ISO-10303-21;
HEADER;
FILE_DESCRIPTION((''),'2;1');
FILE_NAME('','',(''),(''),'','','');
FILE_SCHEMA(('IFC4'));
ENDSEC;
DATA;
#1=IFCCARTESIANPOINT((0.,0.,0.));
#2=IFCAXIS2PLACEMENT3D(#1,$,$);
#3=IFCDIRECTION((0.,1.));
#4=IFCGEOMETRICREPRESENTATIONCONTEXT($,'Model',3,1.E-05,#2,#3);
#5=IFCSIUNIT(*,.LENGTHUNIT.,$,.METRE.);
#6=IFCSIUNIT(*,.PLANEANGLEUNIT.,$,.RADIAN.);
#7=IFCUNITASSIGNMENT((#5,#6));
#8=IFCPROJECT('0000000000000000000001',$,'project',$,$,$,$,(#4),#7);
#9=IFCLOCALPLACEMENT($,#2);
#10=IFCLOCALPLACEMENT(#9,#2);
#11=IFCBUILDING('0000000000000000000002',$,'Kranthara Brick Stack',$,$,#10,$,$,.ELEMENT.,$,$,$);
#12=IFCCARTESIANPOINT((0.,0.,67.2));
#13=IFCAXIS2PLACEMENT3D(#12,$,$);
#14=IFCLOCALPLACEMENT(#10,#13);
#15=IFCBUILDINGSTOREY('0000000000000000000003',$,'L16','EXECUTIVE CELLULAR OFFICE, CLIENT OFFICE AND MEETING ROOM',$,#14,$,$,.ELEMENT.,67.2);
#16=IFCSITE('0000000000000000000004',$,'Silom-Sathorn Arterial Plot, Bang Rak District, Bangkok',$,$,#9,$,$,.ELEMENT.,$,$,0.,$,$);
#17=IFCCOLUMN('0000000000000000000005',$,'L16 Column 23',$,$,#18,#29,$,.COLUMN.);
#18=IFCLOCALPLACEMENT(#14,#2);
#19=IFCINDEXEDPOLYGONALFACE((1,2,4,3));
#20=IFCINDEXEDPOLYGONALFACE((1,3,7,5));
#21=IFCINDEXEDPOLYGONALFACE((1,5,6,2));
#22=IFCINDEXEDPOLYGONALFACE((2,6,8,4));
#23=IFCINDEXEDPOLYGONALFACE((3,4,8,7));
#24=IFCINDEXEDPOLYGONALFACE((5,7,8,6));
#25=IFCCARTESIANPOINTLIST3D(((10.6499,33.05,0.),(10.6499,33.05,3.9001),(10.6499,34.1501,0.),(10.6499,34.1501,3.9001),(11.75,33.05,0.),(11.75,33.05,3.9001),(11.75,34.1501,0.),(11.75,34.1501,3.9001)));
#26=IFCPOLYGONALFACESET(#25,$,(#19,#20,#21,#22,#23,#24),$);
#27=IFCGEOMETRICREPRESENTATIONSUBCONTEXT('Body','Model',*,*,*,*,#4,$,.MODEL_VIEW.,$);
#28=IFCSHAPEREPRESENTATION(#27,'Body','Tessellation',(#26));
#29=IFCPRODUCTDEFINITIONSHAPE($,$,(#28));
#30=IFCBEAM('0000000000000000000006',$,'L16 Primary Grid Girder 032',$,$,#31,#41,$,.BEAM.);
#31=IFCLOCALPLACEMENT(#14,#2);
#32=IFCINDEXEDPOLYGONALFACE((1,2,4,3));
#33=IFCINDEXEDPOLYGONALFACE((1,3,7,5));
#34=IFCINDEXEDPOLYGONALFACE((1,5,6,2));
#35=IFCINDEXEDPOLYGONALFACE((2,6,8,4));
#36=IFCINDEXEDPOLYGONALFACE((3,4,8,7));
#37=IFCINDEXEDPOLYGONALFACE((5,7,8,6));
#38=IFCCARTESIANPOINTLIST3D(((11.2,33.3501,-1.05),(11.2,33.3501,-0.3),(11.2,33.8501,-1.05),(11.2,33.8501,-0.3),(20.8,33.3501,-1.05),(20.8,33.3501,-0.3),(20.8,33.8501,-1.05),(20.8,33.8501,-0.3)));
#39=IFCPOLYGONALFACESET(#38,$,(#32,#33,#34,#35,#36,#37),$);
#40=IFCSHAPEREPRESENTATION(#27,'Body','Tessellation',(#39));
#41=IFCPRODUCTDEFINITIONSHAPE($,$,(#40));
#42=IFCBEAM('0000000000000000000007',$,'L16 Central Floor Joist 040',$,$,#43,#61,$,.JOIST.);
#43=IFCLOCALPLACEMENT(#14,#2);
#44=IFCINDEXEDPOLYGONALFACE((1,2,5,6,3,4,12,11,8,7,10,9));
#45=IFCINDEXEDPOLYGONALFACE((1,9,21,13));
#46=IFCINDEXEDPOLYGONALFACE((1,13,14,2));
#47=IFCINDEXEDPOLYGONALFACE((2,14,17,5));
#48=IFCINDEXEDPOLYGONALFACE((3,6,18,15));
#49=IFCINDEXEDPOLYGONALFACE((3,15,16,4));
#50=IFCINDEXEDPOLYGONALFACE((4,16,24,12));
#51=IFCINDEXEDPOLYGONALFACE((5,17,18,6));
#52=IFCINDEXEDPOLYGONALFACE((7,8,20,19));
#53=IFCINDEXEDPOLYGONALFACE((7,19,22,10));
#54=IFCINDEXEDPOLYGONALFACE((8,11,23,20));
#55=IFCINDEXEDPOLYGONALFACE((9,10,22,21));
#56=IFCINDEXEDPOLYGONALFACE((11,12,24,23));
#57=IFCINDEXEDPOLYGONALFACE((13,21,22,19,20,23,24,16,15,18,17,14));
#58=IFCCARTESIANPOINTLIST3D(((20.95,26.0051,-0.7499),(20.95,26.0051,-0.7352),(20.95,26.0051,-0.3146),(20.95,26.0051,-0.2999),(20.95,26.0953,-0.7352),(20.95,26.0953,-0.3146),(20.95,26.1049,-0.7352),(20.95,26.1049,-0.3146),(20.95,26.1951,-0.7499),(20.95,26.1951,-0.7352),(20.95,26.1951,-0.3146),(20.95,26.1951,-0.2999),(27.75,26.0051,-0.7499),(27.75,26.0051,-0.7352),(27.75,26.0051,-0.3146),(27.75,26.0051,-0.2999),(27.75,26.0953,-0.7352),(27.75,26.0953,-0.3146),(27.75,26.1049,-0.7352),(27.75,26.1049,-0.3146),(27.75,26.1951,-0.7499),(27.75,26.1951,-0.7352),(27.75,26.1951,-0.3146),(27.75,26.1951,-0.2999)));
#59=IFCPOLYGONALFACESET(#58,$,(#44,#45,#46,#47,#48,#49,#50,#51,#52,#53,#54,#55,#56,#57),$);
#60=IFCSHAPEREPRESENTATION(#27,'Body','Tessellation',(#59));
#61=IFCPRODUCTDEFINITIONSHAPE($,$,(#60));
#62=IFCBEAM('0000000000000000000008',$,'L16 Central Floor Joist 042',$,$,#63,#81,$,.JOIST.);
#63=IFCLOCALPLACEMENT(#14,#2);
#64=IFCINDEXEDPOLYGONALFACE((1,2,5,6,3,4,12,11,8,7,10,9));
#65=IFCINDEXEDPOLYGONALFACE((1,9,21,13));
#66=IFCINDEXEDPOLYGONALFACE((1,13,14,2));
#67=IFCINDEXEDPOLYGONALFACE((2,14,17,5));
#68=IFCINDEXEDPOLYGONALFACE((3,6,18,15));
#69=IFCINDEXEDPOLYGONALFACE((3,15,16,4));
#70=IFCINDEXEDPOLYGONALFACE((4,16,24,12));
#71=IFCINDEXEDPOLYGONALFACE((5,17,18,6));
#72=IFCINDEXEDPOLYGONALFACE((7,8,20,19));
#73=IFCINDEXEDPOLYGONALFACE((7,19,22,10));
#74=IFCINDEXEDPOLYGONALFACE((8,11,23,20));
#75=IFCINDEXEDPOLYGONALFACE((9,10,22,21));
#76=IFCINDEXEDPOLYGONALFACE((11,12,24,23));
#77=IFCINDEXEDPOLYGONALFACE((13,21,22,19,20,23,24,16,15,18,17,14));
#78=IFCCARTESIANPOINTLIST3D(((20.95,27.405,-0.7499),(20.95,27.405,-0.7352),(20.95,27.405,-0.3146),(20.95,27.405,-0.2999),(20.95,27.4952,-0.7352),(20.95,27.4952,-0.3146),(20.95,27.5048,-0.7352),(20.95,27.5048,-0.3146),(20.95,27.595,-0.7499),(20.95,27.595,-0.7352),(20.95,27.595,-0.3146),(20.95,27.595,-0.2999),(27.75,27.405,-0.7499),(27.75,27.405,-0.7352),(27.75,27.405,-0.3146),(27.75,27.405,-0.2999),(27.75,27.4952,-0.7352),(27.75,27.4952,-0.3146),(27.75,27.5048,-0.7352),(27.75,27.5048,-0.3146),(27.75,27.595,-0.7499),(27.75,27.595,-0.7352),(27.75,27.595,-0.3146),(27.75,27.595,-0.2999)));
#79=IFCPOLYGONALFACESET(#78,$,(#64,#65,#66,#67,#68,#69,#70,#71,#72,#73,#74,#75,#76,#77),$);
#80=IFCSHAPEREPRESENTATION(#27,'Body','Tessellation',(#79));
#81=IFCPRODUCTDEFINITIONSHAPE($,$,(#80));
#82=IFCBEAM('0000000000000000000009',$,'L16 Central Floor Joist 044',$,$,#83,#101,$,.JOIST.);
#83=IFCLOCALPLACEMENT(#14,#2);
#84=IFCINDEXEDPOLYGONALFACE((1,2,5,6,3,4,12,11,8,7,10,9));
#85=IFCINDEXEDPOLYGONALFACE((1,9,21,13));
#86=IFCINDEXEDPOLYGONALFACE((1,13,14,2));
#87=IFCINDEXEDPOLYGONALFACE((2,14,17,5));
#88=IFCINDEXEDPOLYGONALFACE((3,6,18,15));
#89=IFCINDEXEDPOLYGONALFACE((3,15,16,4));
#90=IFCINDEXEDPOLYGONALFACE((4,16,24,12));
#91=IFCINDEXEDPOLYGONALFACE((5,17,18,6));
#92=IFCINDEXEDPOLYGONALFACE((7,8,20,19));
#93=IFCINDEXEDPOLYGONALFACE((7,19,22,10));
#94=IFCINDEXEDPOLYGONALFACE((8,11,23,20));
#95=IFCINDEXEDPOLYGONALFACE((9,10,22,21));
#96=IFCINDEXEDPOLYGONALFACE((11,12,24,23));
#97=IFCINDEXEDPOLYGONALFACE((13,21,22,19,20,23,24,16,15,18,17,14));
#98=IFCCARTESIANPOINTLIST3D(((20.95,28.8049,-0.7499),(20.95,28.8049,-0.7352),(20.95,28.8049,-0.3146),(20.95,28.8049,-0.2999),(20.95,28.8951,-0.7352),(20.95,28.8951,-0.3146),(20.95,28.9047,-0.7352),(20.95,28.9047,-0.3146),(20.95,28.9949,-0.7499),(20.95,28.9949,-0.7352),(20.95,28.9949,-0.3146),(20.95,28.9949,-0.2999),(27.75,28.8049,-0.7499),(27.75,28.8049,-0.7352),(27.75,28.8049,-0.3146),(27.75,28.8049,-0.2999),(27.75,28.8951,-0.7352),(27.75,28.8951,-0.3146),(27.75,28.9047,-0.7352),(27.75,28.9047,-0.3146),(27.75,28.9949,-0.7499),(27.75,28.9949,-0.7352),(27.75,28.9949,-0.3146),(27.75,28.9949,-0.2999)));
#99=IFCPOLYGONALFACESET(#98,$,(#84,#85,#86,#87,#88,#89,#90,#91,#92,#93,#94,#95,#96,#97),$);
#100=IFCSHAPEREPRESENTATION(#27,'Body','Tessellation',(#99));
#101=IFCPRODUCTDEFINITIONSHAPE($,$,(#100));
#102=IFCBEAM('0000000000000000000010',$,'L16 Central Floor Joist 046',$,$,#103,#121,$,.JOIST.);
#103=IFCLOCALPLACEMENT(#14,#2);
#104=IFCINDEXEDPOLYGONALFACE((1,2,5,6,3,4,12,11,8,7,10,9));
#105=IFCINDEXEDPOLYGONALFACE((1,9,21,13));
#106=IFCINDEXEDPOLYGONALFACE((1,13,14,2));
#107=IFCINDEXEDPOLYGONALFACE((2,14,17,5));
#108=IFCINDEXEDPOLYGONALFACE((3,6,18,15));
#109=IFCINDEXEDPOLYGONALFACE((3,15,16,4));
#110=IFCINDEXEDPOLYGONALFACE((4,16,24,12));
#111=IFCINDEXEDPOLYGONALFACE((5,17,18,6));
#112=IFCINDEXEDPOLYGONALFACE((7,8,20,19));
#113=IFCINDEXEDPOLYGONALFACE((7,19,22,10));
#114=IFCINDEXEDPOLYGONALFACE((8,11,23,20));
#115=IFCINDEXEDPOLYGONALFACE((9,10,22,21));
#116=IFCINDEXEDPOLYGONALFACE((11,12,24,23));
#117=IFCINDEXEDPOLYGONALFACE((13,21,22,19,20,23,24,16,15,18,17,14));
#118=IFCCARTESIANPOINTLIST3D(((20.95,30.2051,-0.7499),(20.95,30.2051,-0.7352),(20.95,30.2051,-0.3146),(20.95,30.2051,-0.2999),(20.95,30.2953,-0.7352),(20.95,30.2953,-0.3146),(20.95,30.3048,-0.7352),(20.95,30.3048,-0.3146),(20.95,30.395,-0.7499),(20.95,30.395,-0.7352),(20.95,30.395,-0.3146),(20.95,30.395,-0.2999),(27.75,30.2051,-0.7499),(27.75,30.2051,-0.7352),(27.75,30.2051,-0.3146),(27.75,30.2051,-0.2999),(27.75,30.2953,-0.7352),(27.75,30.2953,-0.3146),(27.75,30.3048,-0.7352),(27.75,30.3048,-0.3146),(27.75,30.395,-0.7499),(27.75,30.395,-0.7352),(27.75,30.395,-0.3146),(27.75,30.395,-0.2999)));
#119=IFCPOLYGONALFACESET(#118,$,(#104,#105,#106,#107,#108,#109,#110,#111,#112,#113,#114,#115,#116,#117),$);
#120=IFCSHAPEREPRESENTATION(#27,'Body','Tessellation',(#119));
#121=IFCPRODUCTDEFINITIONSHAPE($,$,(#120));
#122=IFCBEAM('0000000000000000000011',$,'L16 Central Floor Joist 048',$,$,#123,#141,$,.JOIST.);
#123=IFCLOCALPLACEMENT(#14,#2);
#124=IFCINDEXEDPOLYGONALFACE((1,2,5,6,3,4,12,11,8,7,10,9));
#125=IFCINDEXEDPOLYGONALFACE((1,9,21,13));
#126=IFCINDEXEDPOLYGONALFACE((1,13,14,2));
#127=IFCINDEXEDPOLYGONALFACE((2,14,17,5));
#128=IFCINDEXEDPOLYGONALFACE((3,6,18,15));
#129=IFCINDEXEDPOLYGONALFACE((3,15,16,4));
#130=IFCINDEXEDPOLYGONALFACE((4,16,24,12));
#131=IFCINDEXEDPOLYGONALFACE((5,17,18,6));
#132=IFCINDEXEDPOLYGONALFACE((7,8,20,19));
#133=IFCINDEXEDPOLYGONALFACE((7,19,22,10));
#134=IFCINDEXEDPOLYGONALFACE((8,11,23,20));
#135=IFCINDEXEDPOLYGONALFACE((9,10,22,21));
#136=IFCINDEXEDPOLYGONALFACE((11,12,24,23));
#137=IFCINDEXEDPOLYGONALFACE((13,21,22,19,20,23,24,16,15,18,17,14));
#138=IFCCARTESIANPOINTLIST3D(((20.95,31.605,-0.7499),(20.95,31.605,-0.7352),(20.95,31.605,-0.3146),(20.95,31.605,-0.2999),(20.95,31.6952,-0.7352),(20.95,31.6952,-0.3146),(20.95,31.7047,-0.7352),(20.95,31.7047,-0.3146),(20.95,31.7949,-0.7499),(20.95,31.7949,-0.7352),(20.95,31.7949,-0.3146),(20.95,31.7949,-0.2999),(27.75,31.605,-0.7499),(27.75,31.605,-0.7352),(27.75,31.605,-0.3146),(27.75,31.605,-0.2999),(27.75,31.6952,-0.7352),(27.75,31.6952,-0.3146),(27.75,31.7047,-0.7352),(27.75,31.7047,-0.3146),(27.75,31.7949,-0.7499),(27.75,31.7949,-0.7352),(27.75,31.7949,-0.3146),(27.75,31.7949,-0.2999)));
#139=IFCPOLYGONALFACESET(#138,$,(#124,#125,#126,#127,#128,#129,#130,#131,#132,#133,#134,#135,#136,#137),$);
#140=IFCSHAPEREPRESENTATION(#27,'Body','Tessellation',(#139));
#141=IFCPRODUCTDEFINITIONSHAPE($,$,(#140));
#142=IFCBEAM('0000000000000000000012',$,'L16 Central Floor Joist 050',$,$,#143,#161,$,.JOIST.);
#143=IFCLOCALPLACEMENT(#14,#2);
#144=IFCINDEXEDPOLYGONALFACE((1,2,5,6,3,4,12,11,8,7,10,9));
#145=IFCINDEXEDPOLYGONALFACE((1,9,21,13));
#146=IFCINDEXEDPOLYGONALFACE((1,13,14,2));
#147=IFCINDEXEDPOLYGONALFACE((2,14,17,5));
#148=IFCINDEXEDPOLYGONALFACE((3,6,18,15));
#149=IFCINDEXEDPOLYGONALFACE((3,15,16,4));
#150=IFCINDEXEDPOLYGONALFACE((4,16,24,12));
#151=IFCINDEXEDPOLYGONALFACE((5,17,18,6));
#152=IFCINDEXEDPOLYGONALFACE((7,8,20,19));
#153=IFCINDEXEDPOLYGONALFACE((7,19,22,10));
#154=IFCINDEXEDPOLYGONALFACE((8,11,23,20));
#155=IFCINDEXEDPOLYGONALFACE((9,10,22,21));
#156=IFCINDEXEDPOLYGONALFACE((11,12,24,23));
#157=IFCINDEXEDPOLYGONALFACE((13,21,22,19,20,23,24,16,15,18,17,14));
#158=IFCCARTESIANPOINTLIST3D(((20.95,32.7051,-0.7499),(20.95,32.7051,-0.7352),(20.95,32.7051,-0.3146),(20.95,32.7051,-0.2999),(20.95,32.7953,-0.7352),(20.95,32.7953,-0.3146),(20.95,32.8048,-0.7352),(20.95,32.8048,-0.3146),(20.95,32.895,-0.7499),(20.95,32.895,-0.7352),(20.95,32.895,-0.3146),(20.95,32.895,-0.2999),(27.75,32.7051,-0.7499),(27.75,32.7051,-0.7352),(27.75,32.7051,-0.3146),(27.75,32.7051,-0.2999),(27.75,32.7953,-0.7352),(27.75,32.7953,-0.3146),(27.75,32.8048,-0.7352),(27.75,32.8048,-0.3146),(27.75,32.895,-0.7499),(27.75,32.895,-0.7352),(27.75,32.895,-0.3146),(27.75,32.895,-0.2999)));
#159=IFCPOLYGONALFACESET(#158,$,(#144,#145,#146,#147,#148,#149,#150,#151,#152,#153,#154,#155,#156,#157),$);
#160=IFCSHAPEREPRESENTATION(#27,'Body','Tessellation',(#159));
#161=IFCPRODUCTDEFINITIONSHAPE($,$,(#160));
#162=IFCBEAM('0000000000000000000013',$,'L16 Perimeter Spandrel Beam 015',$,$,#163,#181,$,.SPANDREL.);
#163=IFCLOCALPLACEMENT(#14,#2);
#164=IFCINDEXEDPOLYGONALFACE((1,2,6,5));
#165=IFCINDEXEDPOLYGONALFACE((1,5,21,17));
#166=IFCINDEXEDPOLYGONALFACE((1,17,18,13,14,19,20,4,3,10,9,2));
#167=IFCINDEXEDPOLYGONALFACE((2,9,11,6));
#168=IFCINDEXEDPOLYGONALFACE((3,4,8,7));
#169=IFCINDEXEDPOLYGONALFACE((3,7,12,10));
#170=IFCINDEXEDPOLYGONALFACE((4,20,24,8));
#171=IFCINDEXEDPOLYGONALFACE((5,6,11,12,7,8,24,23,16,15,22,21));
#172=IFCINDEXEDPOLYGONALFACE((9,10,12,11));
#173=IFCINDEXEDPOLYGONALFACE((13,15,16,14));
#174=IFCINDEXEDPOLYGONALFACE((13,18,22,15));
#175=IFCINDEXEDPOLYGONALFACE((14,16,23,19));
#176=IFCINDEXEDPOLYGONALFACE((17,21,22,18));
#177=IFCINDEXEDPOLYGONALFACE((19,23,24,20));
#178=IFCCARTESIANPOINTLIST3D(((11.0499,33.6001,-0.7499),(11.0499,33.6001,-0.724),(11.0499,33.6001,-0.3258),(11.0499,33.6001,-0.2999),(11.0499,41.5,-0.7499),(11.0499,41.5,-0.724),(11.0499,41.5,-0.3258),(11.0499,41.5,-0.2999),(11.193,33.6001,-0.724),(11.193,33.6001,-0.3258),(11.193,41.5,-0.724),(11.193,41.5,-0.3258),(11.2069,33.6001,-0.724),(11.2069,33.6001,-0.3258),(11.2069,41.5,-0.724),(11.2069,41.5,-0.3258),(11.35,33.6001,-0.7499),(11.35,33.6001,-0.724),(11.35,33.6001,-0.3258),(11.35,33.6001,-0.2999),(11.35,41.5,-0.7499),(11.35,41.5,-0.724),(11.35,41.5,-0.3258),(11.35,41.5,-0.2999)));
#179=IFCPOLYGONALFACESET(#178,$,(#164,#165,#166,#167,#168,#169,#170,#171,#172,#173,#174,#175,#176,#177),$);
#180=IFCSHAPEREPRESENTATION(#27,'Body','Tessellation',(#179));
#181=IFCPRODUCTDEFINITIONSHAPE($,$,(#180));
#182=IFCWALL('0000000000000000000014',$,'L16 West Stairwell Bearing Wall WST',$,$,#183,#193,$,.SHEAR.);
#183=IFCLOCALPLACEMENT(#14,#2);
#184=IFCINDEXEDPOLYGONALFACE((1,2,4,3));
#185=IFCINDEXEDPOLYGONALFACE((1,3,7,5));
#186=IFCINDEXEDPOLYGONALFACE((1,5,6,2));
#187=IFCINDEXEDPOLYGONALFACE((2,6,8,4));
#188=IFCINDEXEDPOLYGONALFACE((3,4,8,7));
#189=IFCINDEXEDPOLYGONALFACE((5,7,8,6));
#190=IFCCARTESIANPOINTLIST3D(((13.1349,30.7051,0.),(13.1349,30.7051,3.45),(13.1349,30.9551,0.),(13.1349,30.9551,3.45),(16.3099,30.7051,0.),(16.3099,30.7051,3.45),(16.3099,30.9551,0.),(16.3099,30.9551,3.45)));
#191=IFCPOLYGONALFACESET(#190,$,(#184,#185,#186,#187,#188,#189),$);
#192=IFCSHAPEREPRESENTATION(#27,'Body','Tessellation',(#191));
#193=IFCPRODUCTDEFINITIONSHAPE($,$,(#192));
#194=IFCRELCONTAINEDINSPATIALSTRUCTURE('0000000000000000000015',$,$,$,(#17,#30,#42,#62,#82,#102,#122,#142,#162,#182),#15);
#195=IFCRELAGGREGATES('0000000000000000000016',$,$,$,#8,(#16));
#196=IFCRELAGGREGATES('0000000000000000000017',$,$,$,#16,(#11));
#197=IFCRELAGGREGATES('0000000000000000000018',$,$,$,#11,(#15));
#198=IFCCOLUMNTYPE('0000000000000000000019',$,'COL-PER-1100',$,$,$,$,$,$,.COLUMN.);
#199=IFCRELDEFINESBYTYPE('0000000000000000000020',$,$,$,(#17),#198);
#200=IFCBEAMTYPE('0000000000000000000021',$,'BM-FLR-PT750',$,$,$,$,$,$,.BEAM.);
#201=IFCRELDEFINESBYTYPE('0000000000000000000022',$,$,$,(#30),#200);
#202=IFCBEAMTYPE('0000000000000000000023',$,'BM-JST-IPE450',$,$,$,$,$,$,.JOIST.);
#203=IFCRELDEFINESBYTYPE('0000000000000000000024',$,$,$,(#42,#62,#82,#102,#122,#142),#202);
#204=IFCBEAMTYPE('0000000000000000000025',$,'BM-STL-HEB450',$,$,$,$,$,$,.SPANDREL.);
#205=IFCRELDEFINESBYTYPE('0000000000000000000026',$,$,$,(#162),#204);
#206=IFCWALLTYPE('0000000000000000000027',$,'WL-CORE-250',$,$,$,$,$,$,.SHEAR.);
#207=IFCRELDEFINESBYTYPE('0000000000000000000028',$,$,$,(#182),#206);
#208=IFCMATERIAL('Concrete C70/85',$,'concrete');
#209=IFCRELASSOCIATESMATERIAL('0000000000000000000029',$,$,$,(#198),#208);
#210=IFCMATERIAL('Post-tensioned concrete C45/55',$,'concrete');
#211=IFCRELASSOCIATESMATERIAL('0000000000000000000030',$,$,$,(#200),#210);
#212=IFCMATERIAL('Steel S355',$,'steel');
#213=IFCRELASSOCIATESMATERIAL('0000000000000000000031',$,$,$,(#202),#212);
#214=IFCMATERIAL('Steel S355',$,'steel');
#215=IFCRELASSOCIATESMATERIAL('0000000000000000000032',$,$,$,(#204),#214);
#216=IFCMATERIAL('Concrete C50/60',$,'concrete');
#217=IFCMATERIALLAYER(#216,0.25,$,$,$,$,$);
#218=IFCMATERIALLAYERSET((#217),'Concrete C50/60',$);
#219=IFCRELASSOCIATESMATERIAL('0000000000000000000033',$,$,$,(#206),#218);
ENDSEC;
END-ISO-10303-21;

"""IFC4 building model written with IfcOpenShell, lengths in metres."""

from ifc_helpers import new_model, si_unit, direction, frame, frame_2d, origin, origin_2d, place, context, subcontext, project, spatial, rectangle, i_section, extrude, material, layer, layer_set, material_profile, profile_set, type_object, element, save


model = new_model("IFC4")

# Units and contexts
model_context = context("Model", 3, precision=1e-05, world=origin(), true_north=direction((0.0, 1.0)))
body_context = subcontext(model_context, "Body", "Model", "MODEL_VIEW")
ifc_project = project(units=[si_unit("LENGTHUNIT", "METRE"), si_unit("PLANEANGLEUNIT", "RADIAN")], contexts=[model_context])

# Site, building, storey
site_placement = place(None, origin())
site = spatial("IfcSite", under=ifc_project, at=site_placement, Name="Silom-Sathorn Arterial Plot, Bang Rak District, Bangkok", CompositionType="ELEMENT", RefElevation=0.0)
building_placement = place(site_placement, origin())
building = spatial("IfcBuilding", under=site, at=building_placement, Name="Kranthara Brick Stack", CompositionType="ELEMENT")
storey_placement = place(building_placement, frame((0.0, 0.0, 67.2)))
storey = spatial("IfcBuildingStorey", under=building, at=storey_placement, Name="L16", Description="EXECUTIVE CELLULAR OFFICE, CLIENT OFFICE AND MEETING ROOM", CompositionType="ELEMENT", Elevation=67.2)

# Column
ifc_material_1 = material(Name="Concrete C70/85", Category="concrete")
ifc_material_profile_1 = material_profile(ifc_material_1, rectangle(XDim=1.1001, YDim=1.1001, at=origin_2d()), Name="RC 1100x1100")
ifc_profile_set_1 = profile_set([ifc_material_profile_1], Name="Concrete C70/85")
column_type = type_object("IfcColumnType", Name="COL-PER-1100", PredefinedType="COLUMN", material=ifc_profile_set_1)
column_placement = place(storey_placement, frame((11.2, 33.6001, 0.0), z_axis=(0.0, 0.0, 1.0), x_axis=(1.0, 0.0, 0.0)))
element("IfcColumn", 1, at=column_placement, inside=storey, type_object=column_type, Name="L16 Column 23", PredefinedType="COLUMN", context=body_context, shape_type="SweptSolid", body=[
    extrude(rectangle(XDim=1.1001, YDim=1.1001, at=origin_2d()), origin(), (0.0, 0.0, 1.0), 3.9001),
])

# Beams
ifc_material_2 = material(Name="Post-tensioned concrete C45/55", Category="concrete")
ifc_material_profile_2 = material_profile(ifc_material_2, rectangle(XDim=0.5, YDim=0.75, at=origin_2d()), Name="PT 500x750")
ifc_profile_set_2 = profile_set([ifc_material_profile_2], Name="Post-tensioned concrete C45/55")
beam_type_1 = type_object("IfcBeamType", Name="BM-FLR-PT750", PredefinedType="BEAM", material=ifc_profile_set_2)
beam_1_placement = place(storey_placement, frame((11.2, 33.6001, -0.675), z_axis=(1.0, 0.0, 0.0), x_axis=(0.0, 1.0, 0.0)))
element("IfcBeam", 2, at=beam_1_placement, inside=storey, type_object=beam_type_1, Name="L16 Primary Grid Girder 032", PredefinedType="BEAM", context=body_context, shape_type="SweptSolid", body=[
    extrude(rectangle(XDim=0.5, YDim=0.75, at=origin_2d()), origin(), (0.0, 0.0, 1.0), 9.6001),
])
ifc_material_3 = material(Name="Steel S355", Category="steel")
ifc_material_profile_3 = material_profile(ifc_material_3, i_section(OverallWidth=0.1899, OverallDepth=0.45, WebThickness=0.0095, FlangeThickness=0.0146, at=origin_2d()), Name="IPE 450")
ifc_profile_set_3 = profile_set([ifc_material_profile_3], Name="Steel S355")
beam_type_2 = type_object("IfcBeamType", Name="BM-JST-IPE450", PredefinedType="JOIST", material=ifc_profile_set_3)
for number, where, z_axis, x_axis, name in (
    (3, (20.95, 26.1001, -0.5249), (1.0, 0.0, 0.0), (0.0, 1.0, 0.0), "L16 Central Floor Joist 040"),
    (4, (20.95, 27.5, -0.5249), (1.0, 0.0, 0.0), (0.0, 1.0, 0.0), "L16 Central Floor Joist 042"),
    (5, (20.95, 28.8999, -0.5249), (1.0, 0.0, 0.0), (0.0, 1.0, 0.0), "L16 Central Floor Joist 044"),
    (6, (20.95, 30.3, -0.5249), (1.0, 0.0, 0.0), (0.0, 1.0, 0.0), "L16 Central Floor Joist 046"),
    (7, (20.95, 31.7, -0.5249), (1.0, 0.0, 0.0), (0.0, 1.0, 0.0), "L16 Central Floor Joist 048"),
    (8, (20.95, 32.8, -0.5249), (1.0, 0.0, 0.0), (0.0, 1.0, 0.0), "L16 Central Floor Joist 050"),
):
    element("IfcBeam", number, at=place(storey_placement, frame(where, z_axis=z_axis, x_axis=x_axis)), inside=storey, type_object=beam_type_2, Name=name, PredefinedType="JOIST", context=body_context, shape_type="SweptSolid", body=[
        extrude(i_section(OverallWidth=0.1899, OverallDepth=0.45, WebThickness=0.0095, FlangeThickness=0.0146, at=origin_2d()), origin(), (0.0, 0.0, 1.0), 6.8),
    ])
ifc_material_4 = material(Name="Steel S355", Category="steel")
ifc_material_profile_4 = material_profile(ifc_material_4, i_section(OverallWidth=0.3, OverallDepth=0.45, WebThickness=0.0139, FlangeThickness=0.0259, at=origin_2d()), Name="HEB 450")
ifc_profile_set_4 = profile_set([ifc_material_profile_4], Name="Steel S355")
beam_type_3 = type_object("IfcBeamType", Name="BM-STL-HEB450", PredefinedType="SPANDREL", material=ifc_profile_set_4)
beam_2_placement = place(storey_placement, frame((11.2, 33.6001, -0.5249), z_axis=(0.0, 1.0, 0.0), x_axis=(-1.0, 0.0, 0.0)))
element("IfcBeam", 9, at=beam_2_placement, inside=storey, type_object=beam_type_3, Name="L16 Perimeter Spandrel Beam 015", PredefinedType="SPANDREL", context=body_context, shape_type="SweptSolid", body=[
    extrude(i_section(OverallWidth=0.3, OverallDepth=0.45, WebThickness=0.0139, FlangeThickness=0.0259, at=origin_2d()), origin(), (0.0, 0.0, 1.0), 7.8999),
])

# Wall
ifc_material_5 = material(Name="Concrete C50/60", Category="concrete")
ifc_layer_1 = layer(ifc_material_5, 0.25)
ifc_layer_set_1 = layer_set([ifc_layer_1], Name="Concrete C50/60")
wall_type_1 = type_object("IfcWallType", Name="WL-CORE-250", PredefinedType="SHEAR", material=ifc_layer_set_1)
wall_1_placement = place(storey_placement, frame((13.135, 30.8301, 0.0), z_axis=(0.0, 0.0, 1.0), x_axis=(1.0, 0.0, 0.0)))
element("IfcWall", 10, at=wall_1_placement, inside=storey, type_object=wall_type_1, Name="L16 West Stairwell Bearing Wall WST", PredefinedType="SHEAR", context=body_context, shape_type="SweptSolid", body=[
    extrude(rectangle(XDim=3.175, YDim=0.25, at=frame_2d((1.5874, 0.0))), origin(), (0.0, 0.0, 1.0), 3.45),
])

save(model, "model.ifc")
